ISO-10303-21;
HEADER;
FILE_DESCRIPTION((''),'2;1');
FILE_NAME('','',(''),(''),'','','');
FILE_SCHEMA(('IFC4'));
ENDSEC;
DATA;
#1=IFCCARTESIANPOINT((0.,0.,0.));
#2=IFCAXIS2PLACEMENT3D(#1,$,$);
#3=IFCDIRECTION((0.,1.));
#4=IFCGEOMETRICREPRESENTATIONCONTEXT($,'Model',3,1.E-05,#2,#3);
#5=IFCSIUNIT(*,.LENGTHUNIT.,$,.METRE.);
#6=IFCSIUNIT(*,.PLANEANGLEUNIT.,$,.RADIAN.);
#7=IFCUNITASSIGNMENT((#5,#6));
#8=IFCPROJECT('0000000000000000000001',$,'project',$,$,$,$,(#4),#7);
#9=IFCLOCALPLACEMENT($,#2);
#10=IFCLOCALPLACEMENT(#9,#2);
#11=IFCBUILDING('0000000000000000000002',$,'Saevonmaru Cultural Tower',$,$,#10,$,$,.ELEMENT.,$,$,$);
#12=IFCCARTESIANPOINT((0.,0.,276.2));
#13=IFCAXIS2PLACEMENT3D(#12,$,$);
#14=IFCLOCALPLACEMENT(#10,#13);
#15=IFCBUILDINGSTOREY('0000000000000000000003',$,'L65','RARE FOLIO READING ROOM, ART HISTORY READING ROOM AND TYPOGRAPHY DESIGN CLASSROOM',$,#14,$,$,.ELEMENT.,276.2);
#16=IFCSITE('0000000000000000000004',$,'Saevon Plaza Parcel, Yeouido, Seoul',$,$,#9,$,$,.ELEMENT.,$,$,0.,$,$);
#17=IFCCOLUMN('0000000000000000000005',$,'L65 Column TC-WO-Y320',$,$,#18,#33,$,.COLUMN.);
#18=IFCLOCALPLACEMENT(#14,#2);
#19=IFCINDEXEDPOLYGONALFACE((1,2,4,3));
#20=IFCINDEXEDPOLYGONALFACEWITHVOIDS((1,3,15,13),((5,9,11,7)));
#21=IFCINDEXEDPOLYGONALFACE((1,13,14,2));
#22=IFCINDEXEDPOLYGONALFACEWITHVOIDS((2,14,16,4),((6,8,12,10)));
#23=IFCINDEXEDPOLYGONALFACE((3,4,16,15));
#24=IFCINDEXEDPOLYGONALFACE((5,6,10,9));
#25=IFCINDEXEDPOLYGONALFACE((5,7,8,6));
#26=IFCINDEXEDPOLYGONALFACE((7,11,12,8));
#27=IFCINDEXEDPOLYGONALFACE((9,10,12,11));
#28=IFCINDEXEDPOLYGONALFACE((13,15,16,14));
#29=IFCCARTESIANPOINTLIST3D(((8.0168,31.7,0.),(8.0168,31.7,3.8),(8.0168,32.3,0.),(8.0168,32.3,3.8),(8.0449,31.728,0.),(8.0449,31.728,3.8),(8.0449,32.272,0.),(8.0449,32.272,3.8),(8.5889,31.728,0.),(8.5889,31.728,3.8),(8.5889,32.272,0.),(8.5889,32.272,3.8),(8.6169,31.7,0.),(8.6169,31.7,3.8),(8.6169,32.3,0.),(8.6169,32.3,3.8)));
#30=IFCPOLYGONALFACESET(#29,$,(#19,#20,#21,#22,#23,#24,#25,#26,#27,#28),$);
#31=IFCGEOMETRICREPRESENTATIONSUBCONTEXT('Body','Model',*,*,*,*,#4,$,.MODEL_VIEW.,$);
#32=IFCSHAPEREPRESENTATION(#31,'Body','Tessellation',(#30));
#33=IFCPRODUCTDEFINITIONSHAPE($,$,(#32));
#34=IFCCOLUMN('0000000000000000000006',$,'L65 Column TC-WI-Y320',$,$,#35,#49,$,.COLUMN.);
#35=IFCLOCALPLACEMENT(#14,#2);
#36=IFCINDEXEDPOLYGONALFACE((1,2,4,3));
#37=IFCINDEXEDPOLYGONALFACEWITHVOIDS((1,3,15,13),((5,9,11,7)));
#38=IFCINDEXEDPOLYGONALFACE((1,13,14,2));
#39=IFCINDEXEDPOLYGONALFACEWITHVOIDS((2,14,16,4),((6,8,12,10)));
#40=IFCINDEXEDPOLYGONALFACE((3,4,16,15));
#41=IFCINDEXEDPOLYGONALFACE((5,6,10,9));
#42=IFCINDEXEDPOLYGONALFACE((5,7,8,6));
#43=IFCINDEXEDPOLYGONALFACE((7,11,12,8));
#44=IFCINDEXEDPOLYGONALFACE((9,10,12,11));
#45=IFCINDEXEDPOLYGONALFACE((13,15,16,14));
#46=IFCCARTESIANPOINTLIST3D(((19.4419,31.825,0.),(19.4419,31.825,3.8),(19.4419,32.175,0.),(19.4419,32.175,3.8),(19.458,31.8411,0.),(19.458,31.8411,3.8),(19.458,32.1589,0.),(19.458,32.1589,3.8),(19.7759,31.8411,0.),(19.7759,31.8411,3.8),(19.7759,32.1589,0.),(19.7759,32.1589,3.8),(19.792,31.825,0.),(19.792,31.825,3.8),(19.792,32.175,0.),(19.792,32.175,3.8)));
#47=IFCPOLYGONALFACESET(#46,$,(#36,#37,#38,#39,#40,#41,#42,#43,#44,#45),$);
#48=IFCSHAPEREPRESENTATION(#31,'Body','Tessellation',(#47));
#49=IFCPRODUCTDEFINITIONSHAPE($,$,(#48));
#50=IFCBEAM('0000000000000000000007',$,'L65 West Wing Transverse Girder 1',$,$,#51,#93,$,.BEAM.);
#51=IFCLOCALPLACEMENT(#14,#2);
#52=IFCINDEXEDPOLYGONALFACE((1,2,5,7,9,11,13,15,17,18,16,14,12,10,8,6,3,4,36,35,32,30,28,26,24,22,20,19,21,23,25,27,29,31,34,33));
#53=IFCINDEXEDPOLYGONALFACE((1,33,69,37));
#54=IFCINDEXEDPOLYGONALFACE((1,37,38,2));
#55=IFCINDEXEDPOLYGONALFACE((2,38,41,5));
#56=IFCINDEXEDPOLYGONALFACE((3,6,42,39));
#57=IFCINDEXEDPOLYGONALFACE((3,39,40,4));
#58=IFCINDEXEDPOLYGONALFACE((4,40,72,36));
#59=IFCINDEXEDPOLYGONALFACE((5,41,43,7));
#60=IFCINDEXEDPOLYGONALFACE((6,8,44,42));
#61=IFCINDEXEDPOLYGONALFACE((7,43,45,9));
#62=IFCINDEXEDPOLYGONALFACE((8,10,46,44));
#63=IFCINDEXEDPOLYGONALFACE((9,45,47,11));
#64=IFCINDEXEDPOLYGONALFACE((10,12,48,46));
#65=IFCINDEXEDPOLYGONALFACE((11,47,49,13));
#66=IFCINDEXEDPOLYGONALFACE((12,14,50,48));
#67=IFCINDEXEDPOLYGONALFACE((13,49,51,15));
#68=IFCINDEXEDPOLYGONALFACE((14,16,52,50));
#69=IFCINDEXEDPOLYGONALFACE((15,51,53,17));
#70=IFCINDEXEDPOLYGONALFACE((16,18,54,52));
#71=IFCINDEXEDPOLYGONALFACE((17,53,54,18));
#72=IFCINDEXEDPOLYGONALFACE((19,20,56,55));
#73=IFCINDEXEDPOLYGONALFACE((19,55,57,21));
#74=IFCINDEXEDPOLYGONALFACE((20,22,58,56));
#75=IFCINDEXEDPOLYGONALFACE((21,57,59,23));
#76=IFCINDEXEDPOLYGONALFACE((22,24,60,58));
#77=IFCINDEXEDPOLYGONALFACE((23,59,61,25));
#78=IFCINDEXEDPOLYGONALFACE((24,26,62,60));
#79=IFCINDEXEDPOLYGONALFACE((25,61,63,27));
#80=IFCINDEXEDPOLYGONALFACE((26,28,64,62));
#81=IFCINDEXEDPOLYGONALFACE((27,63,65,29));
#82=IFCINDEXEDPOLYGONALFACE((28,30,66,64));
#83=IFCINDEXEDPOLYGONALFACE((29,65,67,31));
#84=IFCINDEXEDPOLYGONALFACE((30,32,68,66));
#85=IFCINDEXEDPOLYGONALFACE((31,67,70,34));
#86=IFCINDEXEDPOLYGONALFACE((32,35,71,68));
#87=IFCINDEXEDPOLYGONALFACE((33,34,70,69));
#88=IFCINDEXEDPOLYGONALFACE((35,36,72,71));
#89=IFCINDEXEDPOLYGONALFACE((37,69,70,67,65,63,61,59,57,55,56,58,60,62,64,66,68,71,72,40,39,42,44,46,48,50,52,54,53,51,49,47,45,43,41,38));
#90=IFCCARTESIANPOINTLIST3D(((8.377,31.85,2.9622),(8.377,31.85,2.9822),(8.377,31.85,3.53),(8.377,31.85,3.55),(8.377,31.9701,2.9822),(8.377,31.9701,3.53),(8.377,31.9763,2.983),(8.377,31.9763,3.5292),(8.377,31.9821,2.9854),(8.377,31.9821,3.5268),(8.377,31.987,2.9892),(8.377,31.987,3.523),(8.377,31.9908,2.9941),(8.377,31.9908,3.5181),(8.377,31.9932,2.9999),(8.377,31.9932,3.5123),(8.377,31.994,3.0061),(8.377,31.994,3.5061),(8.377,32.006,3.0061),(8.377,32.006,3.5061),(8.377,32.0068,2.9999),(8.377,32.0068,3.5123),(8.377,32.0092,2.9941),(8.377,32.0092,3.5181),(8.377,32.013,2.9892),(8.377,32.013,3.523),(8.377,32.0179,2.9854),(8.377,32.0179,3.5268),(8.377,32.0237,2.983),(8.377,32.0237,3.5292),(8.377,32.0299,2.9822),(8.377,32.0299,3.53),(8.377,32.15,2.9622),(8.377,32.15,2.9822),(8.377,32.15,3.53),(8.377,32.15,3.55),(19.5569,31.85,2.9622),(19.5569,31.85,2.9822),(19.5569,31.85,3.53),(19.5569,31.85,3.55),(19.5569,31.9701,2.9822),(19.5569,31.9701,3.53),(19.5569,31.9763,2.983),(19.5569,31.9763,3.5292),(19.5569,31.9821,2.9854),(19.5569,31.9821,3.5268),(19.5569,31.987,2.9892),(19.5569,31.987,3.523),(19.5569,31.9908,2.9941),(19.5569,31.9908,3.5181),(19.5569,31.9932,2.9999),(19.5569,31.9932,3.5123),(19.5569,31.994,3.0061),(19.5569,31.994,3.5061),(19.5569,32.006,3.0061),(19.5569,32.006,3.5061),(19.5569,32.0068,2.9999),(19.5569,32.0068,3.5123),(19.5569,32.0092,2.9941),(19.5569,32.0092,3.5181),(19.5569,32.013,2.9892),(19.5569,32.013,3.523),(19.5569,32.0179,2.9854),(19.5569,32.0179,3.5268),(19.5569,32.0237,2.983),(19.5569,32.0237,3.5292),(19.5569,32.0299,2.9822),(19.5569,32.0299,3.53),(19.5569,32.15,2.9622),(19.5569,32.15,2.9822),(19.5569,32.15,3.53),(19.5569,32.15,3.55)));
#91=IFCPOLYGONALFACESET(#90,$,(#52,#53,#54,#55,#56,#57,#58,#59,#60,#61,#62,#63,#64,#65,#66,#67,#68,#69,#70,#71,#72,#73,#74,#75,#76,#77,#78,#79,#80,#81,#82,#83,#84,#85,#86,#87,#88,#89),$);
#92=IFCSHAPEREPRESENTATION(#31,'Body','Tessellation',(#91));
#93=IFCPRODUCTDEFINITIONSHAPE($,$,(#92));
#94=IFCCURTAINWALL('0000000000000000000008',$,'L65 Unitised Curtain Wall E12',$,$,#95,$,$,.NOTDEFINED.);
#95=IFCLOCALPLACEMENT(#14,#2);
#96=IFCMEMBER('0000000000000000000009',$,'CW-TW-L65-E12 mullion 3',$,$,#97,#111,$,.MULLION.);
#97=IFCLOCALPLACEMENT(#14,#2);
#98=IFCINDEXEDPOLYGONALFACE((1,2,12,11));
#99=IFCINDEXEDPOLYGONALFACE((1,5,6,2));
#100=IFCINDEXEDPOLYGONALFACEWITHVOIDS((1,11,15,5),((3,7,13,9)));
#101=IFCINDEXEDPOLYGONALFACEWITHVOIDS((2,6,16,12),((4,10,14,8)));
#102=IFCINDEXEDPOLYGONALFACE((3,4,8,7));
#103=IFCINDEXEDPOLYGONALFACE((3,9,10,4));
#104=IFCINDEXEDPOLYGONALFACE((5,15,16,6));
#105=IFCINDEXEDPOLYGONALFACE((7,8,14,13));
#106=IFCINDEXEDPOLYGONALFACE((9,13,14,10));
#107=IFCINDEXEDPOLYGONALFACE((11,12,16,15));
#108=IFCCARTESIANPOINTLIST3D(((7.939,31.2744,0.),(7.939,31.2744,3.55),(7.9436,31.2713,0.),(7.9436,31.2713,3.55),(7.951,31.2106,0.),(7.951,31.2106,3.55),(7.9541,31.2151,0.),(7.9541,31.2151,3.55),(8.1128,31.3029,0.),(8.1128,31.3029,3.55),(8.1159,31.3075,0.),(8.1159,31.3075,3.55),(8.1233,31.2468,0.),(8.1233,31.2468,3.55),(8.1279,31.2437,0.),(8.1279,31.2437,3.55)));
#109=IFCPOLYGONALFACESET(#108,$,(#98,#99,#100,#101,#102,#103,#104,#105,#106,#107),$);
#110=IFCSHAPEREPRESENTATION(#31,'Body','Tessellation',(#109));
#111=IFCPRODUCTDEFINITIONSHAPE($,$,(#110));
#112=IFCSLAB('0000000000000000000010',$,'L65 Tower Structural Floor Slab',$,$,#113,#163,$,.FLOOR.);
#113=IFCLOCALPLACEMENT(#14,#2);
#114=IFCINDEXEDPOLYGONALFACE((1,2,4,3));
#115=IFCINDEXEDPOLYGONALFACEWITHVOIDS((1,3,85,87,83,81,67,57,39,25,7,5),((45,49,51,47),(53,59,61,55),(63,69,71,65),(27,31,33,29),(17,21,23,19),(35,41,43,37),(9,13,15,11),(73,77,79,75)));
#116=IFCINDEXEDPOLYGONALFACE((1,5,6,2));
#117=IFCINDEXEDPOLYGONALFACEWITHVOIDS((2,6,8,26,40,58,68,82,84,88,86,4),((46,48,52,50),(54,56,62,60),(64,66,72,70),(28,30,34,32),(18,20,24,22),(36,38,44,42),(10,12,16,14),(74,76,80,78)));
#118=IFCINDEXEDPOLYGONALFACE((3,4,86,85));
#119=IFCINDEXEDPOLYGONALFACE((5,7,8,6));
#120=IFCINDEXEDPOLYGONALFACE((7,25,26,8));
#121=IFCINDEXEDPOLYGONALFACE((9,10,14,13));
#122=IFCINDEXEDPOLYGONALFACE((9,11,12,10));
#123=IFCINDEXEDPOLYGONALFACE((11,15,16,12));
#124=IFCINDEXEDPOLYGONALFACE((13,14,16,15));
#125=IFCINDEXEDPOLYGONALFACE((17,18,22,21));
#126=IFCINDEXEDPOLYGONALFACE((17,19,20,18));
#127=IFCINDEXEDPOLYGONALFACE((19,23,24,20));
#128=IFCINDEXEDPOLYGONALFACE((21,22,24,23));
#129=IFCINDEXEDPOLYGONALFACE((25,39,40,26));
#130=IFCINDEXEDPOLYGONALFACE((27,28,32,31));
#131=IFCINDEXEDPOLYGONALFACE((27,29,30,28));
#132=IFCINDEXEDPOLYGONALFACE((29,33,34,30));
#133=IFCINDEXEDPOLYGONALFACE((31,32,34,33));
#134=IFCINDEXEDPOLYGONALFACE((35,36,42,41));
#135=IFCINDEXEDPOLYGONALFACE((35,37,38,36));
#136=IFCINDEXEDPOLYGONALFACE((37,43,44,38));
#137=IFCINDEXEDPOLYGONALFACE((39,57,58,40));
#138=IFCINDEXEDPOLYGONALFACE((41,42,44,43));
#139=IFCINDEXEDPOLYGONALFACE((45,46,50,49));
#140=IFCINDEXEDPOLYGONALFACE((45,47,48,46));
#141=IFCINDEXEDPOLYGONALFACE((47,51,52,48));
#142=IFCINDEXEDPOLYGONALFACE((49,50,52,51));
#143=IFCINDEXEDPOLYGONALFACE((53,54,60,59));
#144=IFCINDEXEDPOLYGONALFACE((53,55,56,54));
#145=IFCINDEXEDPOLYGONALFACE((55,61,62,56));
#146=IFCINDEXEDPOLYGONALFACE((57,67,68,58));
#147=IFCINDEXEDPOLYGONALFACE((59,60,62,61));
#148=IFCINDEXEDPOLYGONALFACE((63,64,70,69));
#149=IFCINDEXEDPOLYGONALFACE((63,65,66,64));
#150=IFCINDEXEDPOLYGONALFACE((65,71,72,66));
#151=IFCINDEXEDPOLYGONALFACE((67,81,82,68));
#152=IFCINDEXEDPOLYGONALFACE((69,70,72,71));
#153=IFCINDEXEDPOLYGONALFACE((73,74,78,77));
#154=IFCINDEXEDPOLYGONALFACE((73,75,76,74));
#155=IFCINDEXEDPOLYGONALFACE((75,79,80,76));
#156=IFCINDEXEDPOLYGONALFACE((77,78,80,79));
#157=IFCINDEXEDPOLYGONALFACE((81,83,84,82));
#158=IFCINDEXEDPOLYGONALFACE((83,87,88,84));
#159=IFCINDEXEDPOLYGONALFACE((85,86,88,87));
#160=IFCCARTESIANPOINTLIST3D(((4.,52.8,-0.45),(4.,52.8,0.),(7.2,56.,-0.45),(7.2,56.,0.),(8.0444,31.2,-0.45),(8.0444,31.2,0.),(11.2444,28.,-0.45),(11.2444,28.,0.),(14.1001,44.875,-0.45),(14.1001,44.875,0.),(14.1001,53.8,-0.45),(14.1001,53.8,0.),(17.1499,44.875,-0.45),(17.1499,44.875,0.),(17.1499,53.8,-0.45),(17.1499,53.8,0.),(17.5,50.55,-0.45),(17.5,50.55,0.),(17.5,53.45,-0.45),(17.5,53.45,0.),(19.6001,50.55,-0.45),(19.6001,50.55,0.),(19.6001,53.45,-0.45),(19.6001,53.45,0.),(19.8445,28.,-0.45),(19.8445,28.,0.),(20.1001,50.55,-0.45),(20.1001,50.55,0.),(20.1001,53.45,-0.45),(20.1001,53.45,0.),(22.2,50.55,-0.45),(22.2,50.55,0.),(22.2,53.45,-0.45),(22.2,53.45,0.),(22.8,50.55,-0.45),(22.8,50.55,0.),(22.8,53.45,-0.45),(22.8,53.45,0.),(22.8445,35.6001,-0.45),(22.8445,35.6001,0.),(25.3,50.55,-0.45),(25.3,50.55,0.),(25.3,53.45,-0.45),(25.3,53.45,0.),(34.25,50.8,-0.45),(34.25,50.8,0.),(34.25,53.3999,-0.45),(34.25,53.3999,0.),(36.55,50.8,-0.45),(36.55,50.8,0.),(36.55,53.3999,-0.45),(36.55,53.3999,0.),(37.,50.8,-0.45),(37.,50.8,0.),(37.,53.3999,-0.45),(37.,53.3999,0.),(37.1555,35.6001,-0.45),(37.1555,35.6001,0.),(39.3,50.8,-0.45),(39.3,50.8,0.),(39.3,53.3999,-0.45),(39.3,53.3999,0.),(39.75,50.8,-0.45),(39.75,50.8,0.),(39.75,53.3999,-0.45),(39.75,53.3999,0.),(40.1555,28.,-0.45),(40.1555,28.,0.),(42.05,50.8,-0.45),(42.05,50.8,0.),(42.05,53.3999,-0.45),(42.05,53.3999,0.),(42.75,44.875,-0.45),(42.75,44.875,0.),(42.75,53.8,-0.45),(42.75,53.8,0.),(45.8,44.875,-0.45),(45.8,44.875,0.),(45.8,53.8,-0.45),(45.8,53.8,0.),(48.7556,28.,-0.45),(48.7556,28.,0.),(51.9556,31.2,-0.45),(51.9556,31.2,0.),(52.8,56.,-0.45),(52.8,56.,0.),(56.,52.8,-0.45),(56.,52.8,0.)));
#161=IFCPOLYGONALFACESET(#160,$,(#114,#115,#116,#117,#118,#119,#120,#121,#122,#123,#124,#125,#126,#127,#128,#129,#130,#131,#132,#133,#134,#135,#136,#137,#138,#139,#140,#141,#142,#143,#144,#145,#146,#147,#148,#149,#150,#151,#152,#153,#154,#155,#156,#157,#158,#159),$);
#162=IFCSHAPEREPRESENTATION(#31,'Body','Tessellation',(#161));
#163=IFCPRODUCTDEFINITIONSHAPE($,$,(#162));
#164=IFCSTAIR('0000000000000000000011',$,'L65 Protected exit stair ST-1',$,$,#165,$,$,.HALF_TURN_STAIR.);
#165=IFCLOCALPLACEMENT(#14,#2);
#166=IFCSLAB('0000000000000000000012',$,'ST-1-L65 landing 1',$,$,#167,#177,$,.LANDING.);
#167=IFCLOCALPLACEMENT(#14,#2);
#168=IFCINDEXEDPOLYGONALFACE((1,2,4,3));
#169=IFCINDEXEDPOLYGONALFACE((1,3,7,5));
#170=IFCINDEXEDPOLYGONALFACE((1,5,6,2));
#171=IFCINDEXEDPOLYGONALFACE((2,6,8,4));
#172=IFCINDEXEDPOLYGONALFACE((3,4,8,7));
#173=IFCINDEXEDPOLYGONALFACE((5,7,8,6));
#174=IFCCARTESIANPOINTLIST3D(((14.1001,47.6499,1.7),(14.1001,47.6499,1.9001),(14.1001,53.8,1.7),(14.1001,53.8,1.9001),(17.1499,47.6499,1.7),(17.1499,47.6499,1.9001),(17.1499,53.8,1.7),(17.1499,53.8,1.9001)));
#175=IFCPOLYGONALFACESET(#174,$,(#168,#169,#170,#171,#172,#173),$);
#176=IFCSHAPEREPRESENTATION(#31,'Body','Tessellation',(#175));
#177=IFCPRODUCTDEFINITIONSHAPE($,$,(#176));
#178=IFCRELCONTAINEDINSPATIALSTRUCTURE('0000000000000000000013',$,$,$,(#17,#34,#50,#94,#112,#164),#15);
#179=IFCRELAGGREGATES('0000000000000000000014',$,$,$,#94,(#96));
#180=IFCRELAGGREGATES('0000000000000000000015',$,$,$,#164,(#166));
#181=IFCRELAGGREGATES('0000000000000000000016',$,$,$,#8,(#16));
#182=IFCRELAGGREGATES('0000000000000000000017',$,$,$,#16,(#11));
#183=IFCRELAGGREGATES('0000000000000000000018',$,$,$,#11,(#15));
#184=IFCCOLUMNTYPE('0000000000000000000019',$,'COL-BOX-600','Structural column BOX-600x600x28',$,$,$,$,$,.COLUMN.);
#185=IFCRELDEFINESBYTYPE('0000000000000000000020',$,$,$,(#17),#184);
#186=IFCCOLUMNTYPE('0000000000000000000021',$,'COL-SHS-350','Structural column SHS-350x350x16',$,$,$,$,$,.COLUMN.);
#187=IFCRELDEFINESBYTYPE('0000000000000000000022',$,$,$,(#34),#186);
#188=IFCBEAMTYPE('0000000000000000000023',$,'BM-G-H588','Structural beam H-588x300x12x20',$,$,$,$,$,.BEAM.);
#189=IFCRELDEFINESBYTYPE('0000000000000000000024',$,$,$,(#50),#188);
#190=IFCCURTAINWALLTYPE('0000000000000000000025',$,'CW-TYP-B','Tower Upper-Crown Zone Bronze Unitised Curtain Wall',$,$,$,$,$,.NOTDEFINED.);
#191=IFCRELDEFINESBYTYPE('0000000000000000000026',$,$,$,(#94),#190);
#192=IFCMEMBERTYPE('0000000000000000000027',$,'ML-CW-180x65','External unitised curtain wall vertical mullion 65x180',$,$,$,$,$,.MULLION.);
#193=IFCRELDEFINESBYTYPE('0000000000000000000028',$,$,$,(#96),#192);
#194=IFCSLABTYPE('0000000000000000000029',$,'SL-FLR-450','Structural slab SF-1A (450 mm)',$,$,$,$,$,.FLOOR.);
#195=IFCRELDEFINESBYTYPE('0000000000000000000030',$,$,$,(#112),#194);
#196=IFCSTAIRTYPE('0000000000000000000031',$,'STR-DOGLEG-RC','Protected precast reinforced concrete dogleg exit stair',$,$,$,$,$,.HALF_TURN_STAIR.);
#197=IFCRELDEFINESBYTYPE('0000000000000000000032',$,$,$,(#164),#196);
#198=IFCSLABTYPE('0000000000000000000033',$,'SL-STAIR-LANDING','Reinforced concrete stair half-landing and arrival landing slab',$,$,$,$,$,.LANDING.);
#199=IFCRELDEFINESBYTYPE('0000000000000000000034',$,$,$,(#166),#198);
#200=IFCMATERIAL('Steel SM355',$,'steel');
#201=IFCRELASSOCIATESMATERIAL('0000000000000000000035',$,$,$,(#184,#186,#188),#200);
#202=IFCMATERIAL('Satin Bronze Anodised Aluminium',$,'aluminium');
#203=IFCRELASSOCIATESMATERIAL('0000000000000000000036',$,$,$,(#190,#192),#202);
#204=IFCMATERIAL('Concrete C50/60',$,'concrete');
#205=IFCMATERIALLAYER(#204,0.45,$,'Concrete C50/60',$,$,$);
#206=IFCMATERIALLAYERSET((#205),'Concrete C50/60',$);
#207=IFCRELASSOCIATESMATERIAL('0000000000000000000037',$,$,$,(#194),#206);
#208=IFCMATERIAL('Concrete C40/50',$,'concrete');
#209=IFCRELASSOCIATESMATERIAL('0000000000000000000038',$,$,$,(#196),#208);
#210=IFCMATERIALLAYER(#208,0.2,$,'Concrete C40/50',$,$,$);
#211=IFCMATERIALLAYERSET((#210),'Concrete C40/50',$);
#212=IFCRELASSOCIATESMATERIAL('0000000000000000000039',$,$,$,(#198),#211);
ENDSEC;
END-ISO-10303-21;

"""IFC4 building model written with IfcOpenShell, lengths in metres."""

from ifc_helpers import new_model, si_unit, direction, frame, origin, origin_2d, place, context, subcontext, project, spatial, polyline, hollow_rectangle, i_section, outline, extrude, material, layer, layer_set, material_profile, profile_set, type_object, element, aggregate, save


model = new_model("IFC4")

# Units and contexts
model_context = context("Model", 3, precision=1e-05, world=origin(), true_north=direction((0.0, 1.0)))
body_context = subcontext(model_context, "Body", "Model", "MODEL_VIEW")
ifc_project = project(units=[si_unit("LENGTHUNIT", "METRE"), si_unit("PLANEANGLEUNIT", "RADIAN")], contexts=[model_context])

# Site, building, storey
site_placement = place(None, origin())
site = spatial("IfcSite", under=ifc_project, at=site_placement, Name="Saevon Plaza Parcel, Yeouido, Seoul", CompositionType="ELEMENT", RefElevation=0.0)
building_placement = place(site_placement, origin())
building = spatial("IfcBuilding", under=site, at=building_placement, Name="Saevonmaru Cultural Tower", CompositionType="ELEMENT")
storey_placement = place(building_placement, frame((0.0, 0.0, 276.2)))
storey = spatial("IfcBuildingStorey", under=building, at=storey_placement, Name="L65", Description="RARE FOLIO READING ROOM, ART HISTORY READING ROOM AND TYPOGRAPHY DESIGN CLASSROOM", CompositionType="ELEMENT", Elevation=276.2)

# Columns
ifc_material_1 = material(Name="Steel SM355", Category="steel")
ifc_material_profile_1 = material_profile(ifc_material_1, hollow_rectangle(XDim=0.6001, YDim=0.6001, WallThickness=0.0281, at=origin_2d()), Name="BOX-600x600x28")
ifc_profile_set_1 = profile_set([ifc_material_profile_1], Name="Steel SM355")
column_type_1 = type_object("IfcColumnType", Name="COL-BOX-600", Description="Structural column BOX-600x600x28", PredefinedType="COLUMN", material=ifc_profile_set_1)
column_1_placement = place(storey_placement, frame((8.3169, 32.0, 0.0), z_axis=(0.0, 0.0, 1.0), x_axis=(1.0, 0.0, 0.0)))
element("IfcColumn", 1, at=column_1_placement, inside=storey, type_object=column_type_1, Name="L65 Column TC-WO-Y320", PredefinedType="COLUMN", context=body_context, shape_type="SweptSolid", body=[
    extrude(hollow_rectangle(XDim=0.6001, YDim=0.6001, WallThickness=0.0281, at=origin_2d()), origin(), (0.0, 0.0, 1.0), 3.8),
])
ifc_material_profile_2 = material_profile(ifc_material_1, hollow_rectangle(XDim=0.3501, YDim=0.3501, WallThickness=0.0161, at=origin_2d()), Name="SHS-350x350x16")
ifc_profile_set_2 = profile_set([ifc_material_profile_2], Name="Steel SM355")
column_type_2 = type_object("IfcColumnType", Name="COL-SHS-350", Description="Structural column SHS-350x350x16", PredefinedType="COLUMN", material=ifc_profile_set_2)
column_2_placement = place(storey_placement, frame((19.6169, 32.0, 0.0), z_axis=(0.0, 0.0, 1.0), x_axis=(1.0, 0.0, 0.0)))
element("IfcColumn", 2, at=column_2_placement, inside=storey, type_object=column_type_2, Name="L65 Column TC-WI-Y320", PredefinedType="COLUMN", context=body_context, shape_type="SweptSolid", body=[
    extrude(hollow_rectangle(XDim=0.3501, YDim=0.3501, WallThickness=0.0161, at=origin_2d()), origin(), (0.0, 0.0, 1.0), 3.8),
])

# Beam
ifc_material_profile_3 = material_profile(ifc_material_1, i_section(OverallWidth=0.3, OverallDepth=0.5879, WebThickness=0.012, FlangeThickness=0.02, FilletRadius=0.0239, at=origin_2d()), Name="H-588x300x12x20")
ifc_profile_set_3 = profile_set([ifc_material_profile_3], Name="Steel SM355")
beam_type = type_object("IfcBeamType", Name="BM-G-H588", Description="Structural beam H-588x300x12x20", PredefinedType="BEAM", material=ifc_profile_set_3)
beam_placement = place(storey_placement, frame((8.377, 32.0, 3.2561), z_axis=(1.0, 0.0, 0.0), x_axis=(0.0, 1.0, 0.0)))
element("IfcBeam", 3, at=beam_placement, inside=storey, type_object=beam_type, Name="L65 West Wing Transverse Girder 1", PredefinedType="BEAM", context=body_context, shape_type="SweptSolid", body=[
    extrude(i_section(OverallWidth=0.3, OverallDepth=0.5879, WebThickness=0.012, FlangeThickness=0.02, FilletRadius=0.0239, at=origin_2d()), origin(), (0.0, 0.0, 1.0), 11.1799),
])

# Curtain wall, member
ifc_material_2 = material(Name="Satin Bronze Anodised Aluminium", Category="aluminium")
curtain_wall_type = type_object("IfcCurtainWallType", Name="CW-TYP-B", Description="Tower Upper-Crown Zone Bronze Unitised Curtain Wall", PredefinedType="NOTDEFINED", material=ifc_material_2)
curtain_wall_placement = place(storey_placement, origin())
curtain_wall = element("IfcCurtainWall", 4, at=curtain_wall_placement, inside=storey, type_object=curtain_wall_type, Name="L65 Unitised Curtain Wall E12", PredefinedType="NOTDEFINED")
ifc_material_profile_4 = material_profile(ifc_material_2, hollow_rectangle(XDim=0.0649, YDim=0.1799, WallThickness=0.0039, at=origin_2d()), Name="ALU-MULL-180x65x4")
ifc_profile_set_4 = profile_set([ifc_material_profile_4], Name="Satin Bronze Anodised Aluminium")
member_type = type_object("IfcMemberType", Name="ML-CW-180x65", Description="External unitised curtain wall vertical mullion 65x180", PredefinedType="MULLION", material=ifc_profile_set_4)
member_placement = place(storey_placement, frame((8.0334, 31.259, 0.0), z_axis=(0.0, 0.0, 1.0), x_axis=(0.184047, -0.982918, 0.0)))
member = element("IfcMember", 5, at=member_placement, type_object=member_type, Name="CW-TW-L65-E12 mullion 3", PredefinedType="MULLION", context=body_context, shape_type="SweptSolid", body=[
    extrude(hollow_rectangle(XDim=0.0649, YDim=0.1799, WallThickness=0.0039, at=origin_2d()), origin(), (0.0, 0.0, 1.0), 3.55),
])
aggregate(curtain_wall, [member])

# Slab
ifc_material_3 = material(Name="Concrete C50/60", Category="concrete")
ifc_layer_1 = layer(ifc_material_3, 0.45, Name="Concrete C50/60")
ifc_layer_set_1 = layer_set([ifc_layer_1], Name="Concrete C50/60")
slab_type_1 = type_object("IfcSlabType", Name="SL-FLR-450", Description="Structural slab SF-1A (450 mm)", PredefinedType="FLOOR", material=ifc_layer_set_1)
slab_1_placement = place(storey_placement, frame((0.0, 0.0, -0.45)))
element("IfcSlab", 6, at=slab_1_placement, inside=storey, type_object=slab_type_1, Name="L65 Tower Structural Floor Slab", PredefinedType="FLOOR", context=body_context, shape_type="SweptSolid", body=[
    extrude(outline(polyline([(8.0444, 31.2), (11.2444, 28.0), (19.8445, 28.0), (22.8445, 35.6001), (37.1555, 35.6001), (40.1555, 28.0), (48.7556, 28.0), (51.9556, 31.2), (56.0, 52.8), (52.8, 56.0), (7.2, 56.0), (4.0, 52.8), (8.0444, 31.2)]), holes=[polyline([(45.8, 53.8), (45.8, 44.875), (42.75, 44.875), (42.75, 53.8), (45.8, 53.8)]), polyline([(42.05, 50.8), (39.75, 50.8), (39.75, 53.3999), (42.05, 53.3999), (42.05, 50.8)]), polyline([(39.3, 50.8), (37.0, 50.8), (37.0, 53.3999), (39.3, 53.3999), (39.3, 50.8)]), polyline([(36.55, 50.8), (34.25, 50.8), (34.25, 53.3999), (36.55, 53.3999), (36.55, 50.8)]), polyline([(25.3, 50.55), (22.8, 50.55), (22.8, 53.45), (25.3, 53.45), (25.3, 50.55)]), polyline([(22.2, 50.55), (20.1001, 50.55), (20.1001, 53.45), (22.2, 53.45), (22.2, 50.55)]), polyline([(19.6001, 50.55), (17.5, 50.55), (17.5, 53.45), (19.6001, 53.45), (19.6001, 50.55)]), polyline([(17.1499, 53.8), (17.1499, 44.875), (14.1001, 44.875), (14.1001, 53.8), (17.1499, 53.8)])]), origin(), (0.0, 0.0, 1.0), 0.45),
])

# Stair, slab
ifc_material_4 = material(Name="Concrete C40/50", Category="concrete")
stair_type = type_object("IfcStairType", Name="STR-DOGLEG-RC", Description="Protected precast reinforced concrete dogleg exit stair", PredefinedType="HALF_TURN_STAIR", material=ifc_material_4)
stair_1_placement = place(storey_placement, origin())
stair_1 = element("IfcStair", 7, at=stair_1_placement, inside=storey, type_object=stair_type, Name="L65 Protected exit stair ST-1", PredefinedType="HALF_TURN_STAIR")
ifc_layer_2 = layer(ifc_material_4, 0.2, Name="Concrete C40/50")
ifc_layer_set_2 = layer_set([ifc_layer_2], Name="Concrete C40/50")
slab_type_2 = type_object("IfcSlabType", Name="SL-STAIR-LANDING", Description="Reinforced concrete stair half-landing and arrival landing slab", PredefinedType="LANDING", material=ifc_layer_set_2)
slab_2_placement = place(storey_placement, frame((0.0, 0.0, 1.7)))
slab_2 = element("IfcSlab", 8, at=slab_2_placement, type_object=slab_type_2, Name="ST-1-L65 landing 1", PredefinedType="LANDING", context=body_context, shape_type="SweptSolid", body=[
    extrude(outline(polyline([(17.1499, 47.6499), (17.1499, 53.8), (14.1001, 53.8), (14.1001, 47.6499), (17.1499, 47.6499)])), origin(), (0.0, 0.0, 1.0), 0.2002),
])
aggregate(stair_1, [slab_2])

save(model, "model.ifc")
